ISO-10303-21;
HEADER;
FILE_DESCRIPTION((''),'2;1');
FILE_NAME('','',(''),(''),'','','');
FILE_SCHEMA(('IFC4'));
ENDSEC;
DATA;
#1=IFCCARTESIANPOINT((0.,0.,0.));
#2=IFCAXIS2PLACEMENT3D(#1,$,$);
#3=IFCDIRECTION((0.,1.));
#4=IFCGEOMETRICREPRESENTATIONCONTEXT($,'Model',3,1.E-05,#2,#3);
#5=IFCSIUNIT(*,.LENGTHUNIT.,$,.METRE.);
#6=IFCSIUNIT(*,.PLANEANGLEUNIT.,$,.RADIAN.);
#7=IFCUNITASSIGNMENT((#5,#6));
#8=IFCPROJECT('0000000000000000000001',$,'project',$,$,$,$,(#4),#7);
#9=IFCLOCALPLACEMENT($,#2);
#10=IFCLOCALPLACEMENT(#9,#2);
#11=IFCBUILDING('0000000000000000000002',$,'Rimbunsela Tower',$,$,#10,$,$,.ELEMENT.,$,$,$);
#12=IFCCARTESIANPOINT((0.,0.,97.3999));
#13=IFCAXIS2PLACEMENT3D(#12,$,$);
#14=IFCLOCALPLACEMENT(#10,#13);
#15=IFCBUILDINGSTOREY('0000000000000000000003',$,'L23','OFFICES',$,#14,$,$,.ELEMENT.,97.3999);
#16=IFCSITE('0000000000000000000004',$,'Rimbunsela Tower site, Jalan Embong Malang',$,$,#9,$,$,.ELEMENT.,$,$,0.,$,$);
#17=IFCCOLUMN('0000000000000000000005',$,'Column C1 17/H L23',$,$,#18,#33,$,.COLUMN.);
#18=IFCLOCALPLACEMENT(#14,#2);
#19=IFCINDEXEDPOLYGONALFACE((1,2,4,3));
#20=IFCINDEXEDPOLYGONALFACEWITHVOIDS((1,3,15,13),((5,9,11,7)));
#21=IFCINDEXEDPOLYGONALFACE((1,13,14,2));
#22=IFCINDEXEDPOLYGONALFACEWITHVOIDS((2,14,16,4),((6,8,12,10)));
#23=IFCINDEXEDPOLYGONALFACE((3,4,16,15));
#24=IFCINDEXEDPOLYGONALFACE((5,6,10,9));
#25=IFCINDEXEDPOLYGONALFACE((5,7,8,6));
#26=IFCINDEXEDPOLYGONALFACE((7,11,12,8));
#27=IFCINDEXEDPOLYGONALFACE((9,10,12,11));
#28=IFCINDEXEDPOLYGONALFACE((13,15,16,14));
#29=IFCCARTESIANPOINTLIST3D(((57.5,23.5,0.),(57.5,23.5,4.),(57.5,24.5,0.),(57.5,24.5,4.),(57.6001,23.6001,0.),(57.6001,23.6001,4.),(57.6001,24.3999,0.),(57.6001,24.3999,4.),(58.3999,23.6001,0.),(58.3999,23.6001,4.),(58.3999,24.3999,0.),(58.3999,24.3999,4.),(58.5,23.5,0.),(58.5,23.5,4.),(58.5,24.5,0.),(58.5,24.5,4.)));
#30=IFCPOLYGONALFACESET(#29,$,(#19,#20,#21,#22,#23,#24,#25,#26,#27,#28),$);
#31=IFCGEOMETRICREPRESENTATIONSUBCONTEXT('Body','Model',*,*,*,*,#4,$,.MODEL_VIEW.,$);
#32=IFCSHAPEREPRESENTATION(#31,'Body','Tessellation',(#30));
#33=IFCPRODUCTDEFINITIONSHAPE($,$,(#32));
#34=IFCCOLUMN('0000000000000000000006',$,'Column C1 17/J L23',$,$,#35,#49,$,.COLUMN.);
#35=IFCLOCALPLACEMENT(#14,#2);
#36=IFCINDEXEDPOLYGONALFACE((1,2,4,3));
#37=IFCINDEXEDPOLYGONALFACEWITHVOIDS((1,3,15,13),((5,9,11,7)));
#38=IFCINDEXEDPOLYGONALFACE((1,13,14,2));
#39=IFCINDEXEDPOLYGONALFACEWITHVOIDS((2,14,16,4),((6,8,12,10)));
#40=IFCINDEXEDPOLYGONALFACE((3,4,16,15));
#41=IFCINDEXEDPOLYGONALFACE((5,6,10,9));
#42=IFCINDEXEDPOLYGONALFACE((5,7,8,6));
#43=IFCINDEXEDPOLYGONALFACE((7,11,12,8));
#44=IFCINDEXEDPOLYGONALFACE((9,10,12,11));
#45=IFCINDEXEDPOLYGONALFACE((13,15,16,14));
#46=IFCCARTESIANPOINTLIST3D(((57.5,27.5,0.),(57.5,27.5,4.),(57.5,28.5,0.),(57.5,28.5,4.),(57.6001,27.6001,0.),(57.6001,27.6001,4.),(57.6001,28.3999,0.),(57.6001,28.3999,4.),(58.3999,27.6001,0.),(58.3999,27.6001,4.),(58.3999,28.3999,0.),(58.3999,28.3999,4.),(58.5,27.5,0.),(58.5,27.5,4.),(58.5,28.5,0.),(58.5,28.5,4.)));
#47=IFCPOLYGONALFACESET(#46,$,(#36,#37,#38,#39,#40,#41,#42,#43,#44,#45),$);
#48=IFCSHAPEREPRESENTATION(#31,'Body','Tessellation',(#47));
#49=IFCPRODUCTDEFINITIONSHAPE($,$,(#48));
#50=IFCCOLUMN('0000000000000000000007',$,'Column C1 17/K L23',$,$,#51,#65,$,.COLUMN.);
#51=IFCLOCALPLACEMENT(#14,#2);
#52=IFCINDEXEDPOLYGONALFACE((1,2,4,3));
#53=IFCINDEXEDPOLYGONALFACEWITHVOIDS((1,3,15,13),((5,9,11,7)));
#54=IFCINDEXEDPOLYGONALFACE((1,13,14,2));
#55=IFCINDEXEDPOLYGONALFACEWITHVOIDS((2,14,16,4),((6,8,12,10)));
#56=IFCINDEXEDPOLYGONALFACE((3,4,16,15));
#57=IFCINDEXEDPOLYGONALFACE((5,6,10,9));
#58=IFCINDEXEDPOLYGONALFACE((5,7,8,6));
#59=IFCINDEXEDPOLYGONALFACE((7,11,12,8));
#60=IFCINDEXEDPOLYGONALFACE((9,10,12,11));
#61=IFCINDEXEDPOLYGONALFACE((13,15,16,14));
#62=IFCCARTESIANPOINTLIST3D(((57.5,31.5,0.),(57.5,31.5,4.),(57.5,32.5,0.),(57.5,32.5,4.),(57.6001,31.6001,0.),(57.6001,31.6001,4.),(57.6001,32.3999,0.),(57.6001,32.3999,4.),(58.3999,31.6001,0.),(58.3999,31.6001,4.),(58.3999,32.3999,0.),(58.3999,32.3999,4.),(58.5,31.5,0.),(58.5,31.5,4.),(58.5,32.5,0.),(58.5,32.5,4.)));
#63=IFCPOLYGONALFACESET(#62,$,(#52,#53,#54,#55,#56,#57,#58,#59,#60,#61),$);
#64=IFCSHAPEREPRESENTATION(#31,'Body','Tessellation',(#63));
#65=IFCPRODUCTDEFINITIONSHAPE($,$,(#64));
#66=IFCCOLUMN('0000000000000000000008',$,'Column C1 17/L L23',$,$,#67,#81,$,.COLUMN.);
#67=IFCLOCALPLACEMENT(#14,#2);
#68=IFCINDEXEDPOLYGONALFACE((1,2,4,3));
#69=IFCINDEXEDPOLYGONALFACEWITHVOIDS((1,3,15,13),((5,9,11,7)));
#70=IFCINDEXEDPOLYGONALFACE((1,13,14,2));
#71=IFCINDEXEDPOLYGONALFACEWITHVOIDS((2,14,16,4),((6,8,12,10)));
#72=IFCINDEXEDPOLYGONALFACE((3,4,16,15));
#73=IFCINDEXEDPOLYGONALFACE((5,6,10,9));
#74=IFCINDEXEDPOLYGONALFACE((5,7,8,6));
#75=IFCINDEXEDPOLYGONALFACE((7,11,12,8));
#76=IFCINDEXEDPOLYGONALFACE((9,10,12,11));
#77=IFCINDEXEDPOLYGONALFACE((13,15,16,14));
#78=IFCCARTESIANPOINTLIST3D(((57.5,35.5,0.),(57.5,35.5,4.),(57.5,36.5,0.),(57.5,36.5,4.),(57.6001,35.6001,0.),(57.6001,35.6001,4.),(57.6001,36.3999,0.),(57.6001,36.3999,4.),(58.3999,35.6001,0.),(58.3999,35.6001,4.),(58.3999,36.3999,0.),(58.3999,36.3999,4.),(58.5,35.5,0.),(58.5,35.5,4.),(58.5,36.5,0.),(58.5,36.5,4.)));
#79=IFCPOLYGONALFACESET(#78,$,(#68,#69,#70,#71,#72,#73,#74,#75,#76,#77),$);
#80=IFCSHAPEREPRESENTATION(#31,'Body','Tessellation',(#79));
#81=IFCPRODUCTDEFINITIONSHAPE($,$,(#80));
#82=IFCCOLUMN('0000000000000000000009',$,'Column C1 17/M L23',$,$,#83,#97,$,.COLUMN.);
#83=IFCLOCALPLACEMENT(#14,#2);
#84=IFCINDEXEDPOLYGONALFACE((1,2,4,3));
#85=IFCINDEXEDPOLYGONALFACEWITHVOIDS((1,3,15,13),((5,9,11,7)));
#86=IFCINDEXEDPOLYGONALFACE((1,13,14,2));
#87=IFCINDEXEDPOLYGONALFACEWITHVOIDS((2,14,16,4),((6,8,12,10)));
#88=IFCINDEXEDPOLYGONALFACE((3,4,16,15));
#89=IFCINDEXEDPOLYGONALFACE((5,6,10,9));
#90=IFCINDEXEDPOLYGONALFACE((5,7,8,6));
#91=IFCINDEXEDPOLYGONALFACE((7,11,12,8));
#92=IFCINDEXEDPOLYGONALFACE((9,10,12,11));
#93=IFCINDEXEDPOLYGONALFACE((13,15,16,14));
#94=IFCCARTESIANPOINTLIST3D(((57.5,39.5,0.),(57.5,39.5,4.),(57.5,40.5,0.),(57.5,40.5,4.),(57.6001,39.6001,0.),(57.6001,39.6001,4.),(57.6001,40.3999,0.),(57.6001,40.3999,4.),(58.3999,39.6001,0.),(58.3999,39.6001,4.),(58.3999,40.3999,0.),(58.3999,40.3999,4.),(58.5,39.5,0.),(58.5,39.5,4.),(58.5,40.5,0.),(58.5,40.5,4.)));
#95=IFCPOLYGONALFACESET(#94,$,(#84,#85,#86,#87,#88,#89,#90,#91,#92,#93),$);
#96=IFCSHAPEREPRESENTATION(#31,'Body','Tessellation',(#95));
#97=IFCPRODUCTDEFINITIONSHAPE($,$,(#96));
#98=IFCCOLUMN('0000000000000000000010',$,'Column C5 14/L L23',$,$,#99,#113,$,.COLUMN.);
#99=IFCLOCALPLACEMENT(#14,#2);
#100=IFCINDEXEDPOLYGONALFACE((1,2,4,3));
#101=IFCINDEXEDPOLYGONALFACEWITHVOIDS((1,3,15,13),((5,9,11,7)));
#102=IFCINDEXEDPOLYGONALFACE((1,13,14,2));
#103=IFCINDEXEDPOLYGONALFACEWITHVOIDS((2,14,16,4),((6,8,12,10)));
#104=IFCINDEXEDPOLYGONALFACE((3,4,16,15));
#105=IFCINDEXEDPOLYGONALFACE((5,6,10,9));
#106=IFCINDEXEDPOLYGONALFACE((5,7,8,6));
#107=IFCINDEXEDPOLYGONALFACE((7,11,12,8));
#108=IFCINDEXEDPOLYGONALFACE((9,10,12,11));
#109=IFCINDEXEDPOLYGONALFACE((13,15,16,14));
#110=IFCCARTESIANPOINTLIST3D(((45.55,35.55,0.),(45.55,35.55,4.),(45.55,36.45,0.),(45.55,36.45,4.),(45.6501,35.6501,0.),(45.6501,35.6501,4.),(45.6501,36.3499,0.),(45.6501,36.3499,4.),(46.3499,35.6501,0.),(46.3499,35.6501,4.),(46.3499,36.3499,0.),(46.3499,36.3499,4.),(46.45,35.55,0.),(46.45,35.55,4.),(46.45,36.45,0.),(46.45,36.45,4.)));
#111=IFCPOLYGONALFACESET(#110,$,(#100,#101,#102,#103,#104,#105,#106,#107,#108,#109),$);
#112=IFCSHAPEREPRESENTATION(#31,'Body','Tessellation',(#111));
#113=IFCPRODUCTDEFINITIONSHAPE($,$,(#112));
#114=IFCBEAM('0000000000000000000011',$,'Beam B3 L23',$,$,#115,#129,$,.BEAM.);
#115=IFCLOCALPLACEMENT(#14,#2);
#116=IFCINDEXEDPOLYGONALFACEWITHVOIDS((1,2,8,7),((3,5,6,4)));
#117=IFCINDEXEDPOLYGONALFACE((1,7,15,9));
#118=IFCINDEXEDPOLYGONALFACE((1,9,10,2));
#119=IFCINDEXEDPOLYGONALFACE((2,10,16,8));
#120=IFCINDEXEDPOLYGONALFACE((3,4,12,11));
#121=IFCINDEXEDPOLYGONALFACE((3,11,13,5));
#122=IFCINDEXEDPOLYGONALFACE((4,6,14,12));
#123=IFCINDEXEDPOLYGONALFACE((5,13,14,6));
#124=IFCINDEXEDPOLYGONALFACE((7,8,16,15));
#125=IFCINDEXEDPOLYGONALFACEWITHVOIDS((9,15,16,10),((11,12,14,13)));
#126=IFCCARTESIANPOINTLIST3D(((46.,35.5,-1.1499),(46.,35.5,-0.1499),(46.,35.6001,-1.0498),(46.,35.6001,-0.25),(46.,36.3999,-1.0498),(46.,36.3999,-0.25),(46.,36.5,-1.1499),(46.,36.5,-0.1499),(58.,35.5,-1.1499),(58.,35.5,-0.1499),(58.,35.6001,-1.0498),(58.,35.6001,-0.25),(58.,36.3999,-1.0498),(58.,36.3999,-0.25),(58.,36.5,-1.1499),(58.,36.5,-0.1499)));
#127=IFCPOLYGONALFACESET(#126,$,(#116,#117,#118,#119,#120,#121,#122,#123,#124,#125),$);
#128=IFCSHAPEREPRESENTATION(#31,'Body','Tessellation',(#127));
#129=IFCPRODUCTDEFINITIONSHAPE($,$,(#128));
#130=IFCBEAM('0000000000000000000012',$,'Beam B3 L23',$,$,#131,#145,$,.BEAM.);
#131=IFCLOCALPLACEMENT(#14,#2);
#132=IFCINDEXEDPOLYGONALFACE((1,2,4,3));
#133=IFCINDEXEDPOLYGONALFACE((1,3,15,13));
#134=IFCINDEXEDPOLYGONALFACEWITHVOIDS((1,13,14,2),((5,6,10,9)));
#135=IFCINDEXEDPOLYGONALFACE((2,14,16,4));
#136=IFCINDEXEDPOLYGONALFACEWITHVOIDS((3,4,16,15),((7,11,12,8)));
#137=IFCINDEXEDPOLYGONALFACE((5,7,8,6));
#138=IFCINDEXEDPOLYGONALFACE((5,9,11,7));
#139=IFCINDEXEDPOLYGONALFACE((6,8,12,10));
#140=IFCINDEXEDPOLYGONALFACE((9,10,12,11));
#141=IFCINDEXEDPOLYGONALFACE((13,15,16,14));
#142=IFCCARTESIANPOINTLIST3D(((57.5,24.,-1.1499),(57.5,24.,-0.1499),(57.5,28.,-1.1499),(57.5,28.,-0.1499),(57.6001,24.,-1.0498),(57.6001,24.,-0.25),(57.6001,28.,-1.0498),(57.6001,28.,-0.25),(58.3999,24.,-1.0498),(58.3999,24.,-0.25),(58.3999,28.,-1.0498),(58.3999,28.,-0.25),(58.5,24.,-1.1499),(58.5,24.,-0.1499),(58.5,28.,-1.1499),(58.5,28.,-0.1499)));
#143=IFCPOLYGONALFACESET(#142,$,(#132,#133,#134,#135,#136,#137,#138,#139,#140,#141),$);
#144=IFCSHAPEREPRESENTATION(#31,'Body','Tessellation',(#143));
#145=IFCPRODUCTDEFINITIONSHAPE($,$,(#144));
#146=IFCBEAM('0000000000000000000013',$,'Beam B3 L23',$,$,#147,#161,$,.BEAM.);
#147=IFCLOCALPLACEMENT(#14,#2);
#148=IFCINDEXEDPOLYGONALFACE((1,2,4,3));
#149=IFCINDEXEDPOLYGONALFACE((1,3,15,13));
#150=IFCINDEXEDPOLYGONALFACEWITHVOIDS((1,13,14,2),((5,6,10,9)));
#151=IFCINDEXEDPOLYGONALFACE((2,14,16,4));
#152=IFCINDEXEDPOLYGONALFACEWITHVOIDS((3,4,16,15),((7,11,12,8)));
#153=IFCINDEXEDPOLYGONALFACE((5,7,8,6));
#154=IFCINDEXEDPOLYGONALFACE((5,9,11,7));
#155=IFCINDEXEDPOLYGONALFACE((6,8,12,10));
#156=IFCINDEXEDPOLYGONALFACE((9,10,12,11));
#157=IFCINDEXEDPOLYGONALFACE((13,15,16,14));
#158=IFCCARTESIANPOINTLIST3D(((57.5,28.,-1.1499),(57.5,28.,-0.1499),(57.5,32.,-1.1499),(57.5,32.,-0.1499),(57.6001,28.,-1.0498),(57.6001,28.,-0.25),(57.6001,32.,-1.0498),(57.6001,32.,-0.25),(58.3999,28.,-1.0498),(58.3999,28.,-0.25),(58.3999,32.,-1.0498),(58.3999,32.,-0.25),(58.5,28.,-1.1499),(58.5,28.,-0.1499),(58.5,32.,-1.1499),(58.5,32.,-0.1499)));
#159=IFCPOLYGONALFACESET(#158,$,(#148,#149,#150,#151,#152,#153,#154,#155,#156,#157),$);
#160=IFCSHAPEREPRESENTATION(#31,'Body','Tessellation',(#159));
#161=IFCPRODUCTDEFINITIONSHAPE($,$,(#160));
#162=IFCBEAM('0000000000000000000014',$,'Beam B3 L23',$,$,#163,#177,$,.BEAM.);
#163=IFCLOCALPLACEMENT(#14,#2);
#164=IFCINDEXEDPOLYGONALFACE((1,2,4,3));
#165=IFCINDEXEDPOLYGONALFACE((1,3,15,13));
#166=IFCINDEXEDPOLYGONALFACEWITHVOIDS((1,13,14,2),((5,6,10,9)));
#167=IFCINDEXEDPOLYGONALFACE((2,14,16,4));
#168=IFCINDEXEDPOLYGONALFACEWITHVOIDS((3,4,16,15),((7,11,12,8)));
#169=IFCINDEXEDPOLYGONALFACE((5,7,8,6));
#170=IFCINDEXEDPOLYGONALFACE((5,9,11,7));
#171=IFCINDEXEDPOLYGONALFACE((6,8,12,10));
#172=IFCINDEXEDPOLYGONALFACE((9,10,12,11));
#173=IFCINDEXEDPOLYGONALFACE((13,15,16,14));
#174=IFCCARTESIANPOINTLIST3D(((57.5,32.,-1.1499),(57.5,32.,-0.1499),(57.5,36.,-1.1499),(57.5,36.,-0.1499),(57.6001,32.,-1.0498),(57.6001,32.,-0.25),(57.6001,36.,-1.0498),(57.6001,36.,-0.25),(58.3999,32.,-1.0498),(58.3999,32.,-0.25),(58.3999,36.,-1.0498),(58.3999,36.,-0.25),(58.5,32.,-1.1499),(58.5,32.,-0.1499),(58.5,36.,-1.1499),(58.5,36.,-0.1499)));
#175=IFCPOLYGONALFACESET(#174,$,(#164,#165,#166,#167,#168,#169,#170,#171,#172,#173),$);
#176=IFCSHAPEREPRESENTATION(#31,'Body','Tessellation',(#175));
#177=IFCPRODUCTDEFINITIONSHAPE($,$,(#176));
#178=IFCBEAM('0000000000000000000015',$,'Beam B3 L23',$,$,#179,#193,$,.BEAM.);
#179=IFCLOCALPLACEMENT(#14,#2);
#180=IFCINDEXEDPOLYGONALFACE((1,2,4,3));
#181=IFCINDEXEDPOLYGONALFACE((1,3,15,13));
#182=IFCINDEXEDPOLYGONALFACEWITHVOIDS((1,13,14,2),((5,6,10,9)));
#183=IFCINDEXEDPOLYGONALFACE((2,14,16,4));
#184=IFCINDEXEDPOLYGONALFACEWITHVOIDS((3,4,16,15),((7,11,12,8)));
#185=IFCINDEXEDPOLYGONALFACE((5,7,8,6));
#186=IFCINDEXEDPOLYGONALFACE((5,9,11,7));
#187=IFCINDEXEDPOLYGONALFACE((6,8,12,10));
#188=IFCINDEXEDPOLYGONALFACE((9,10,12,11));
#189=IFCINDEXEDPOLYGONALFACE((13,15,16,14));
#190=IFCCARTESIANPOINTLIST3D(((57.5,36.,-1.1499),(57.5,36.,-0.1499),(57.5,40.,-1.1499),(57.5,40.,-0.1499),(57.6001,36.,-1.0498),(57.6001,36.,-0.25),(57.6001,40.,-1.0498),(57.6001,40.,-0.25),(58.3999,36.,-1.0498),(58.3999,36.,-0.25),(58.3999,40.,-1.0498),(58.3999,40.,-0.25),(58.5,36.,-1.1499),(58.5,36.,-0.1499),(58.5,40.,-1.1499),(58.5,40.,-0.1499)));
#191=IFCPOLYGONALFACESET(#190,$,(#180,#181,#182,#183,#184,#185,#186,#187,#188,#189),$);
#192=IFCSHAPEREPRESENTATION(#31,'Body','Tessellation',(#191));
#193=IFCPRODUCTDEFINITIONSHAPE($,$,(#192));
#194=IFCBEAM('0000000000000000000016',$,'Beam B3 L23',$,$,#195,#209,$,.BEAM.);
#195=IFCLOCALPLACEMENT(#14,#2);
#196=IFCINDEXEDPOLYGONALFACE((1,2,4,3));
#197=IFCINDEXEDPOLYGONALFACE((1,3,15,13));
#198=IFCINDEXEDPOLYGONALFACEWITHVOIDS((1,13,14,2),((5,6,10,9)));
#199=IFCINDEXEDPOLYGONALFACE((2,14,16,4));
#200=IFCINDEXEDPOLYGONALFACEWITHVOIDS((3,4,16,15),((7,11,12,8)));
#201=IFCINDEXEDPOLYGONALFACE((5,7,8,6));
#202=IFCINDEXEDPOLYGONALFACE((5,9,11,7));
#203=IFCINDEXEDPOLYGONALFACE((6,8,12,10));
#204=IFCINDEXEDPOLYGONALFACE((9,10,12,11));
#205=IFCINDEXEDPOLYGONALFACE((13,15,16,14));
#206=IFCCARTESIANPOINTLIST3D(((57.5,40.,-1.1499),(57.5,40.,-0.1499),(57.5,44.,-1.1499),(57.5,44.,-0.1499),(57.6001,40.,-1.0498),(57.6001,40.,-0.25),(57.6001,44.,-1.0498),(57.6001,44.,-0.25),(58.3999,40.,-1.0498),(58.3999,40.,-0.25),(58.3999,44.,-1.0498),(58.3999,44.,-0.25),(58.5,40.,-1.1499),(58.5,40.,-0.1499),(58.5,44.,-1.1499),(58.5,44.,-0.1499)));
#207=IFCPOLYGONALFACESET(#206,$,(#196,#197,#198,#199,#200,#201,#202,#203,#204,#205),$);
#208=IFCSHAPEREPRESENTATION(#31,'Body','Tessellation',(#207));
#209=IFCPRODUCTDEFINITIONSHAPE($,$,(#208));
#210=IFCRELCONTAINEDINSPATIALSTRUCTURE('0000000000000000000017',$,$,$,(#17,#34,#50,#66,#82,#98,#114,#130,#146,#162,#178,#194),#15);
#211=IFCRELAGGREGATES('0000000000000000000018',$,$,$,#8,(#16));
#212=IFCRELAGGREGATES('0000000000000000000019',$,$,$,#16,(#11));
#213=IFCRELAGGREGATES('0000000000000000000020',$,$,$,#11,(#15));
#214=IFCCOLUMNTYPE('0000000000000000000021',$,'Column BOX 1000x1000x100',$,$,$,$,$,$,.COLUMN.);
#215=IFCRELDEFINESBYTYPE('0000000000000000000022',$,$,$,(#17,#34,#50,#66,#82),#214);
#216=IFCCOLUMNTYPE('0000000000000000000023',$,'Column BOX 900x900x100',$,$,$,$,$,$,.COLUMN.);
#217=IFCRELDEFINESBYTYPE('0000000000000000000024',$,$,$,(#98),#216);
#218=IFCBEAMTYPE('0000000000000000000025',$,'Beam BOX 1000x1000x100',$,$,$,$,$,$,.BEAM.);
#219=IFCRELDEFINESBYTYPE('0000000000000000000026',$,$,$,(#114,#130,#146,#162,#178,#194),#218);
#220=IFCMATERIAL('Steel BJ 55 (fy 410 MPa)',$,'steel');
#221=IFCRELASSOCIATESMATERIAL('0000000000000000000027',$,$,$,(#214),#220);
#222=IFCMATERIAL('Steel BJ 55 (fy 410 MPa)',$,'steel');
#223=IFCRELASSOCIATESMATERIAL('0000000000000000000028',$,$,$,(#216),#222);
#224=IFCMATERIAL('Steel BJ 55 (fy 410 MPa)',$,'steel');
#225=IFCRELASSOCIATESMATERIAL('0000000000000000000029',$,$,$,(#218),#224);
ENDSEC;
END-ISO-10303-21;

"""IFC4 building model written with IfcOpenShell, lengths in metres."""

from ifc_helpers import new_model, si_unit, direction, frame, origin, origin_2d, place, context, subcontext, project, spatial, hollow_rectangle, extrude, material, material_profile, profile_set, type_object, element, save


model = new_model("IFC4")

# Units and contexts
model_context = context("Model", 3, precision=1e-05, world=origin(), true_north=direction((0.0, 1.0)))
body_context = subcontext(model_context, "Body", "Model", "MODEL_VIEW")
ifc_project = project(units=[si_unit("LENGTHUNIT", "METRE"), si_unit("PLANEANGLEUNIT", "RADIAN")], contexts=[model_context])

# Site, building, storey
site_placement = place(None, origin())
site = spatial("IfcSite", under=ifc_project, at=site_placement, Name="Rimbunsela Tower site, Jalan Embong Malang", CompositionType="ELEMENT", RefElevation=0.0)
building_placement = place(site_placement, origin())
building = spatial("IfcBuilding", under=site, at=building_placement, Name="Rimbunsela Tower", CompositionType="ELEMENT")
storey_placement = place(building_placement, frame((0.0, 0.0, 97.3999)))
storey = spatial("IfcBuildingStorey", under=building, at=storey_placement, Name="L23", Description="OFFICES", CompositionType="ELEMENT", Elevation=97.3999)

# Columns
ifc_material_1 = material(Name="Steel BJ 55 (fy 410 MPa)", Category="steel")
ifc_material_profile_1 = material_profile(ifc_material_1, hollow_rectangle(XDim=1.0, YDim=1.0, WallThickness=0.1001, at=origin_2d()), Name="BOX 1000x1000x100")
ifc_profile_set_1 = profile_set([ifc_material_profile_1], Name="Steel BJ 55 (fy 410 MPa)")
column_type_1 = type_object("IfcColumnType", Name="Column BOX 1000x1000x100", PredefinedType="COLUMN", material=ifc_profile_set_1)
for number, where, z_axis, x_axis, name in (
    (1, (58.0, 24.0, 0.0), (0.0, 0.0, 1.0), (1.0, 0.0, 0.0), "Column C1 17/H L23"),
    (2, (58.0, 28.0, 0.0), (0.0, 0.0, 1.0), (1.0, 0.0, 0.0), "Column C1 17/J L23"),
    (3, (58.0, 32.0, 0.0), (0.0, 0.0, 1.0), (1.0, 0.0, 0.0), "Column C1 17/K L23"),
    (4, (58.0, 36.0, 0.0), (0.0, 0.0, 1.0), (1.0, 0.0, 0.0), "Column C1 17/L L23"),
    (5, (58.0, 40.0, 0.0), (0.0, 0.0, 1.0), (1.0, 0.0, 0.0), "Column C1 17/M L23"),
):
    element("IfcColumn", number, at=place(storey_placement, frame(where, z_axis=z_axis, x_axis=x_axis)), inside=storey, type_object=column_type_1, Name=name, PredefinedType="COLUMN", context=body_context, shape_type="SweptSolid", body=[
        extrude(hollow_rectangle(XDim=1.0, YDim=1.0, WallThickness=0.1001, at=origin_2d()), origin(), (0.0, 0.0, 1.0), 4.0),
    ])
ifc_material_2 = material(Name="Steel BJ 55 (fy 410 MPa)", Category="steel")
ifc_material_profile_2 = material_profile(ifc_material_2, hollow_rectangle(XDim=0.8999, YDim=0.8999, WallThickness=0.1001, at=origin_2d()), Name="BOX 900x900x100")
ifc_profile_set_2 = profile_set([ifc_material_profile_2], Name="Steel BJ 55 (fy 410 MPa)")
column_type_2 = type_object("IfcColumnType", Name="Column BOX 900x900x100", PredefinedType="COLUMN", material=ifc_profile_set_2)
column_placement = place(storey_placement, frame((46.0, 36.0, 0.0), z_axis=(0.0, 0.0, 1.0), x_axis=(1.0, 0.0, 0.0)))
element("IfcColumn", 6, at=column_placement, inside=storey, type_object=column_type_2, Name="Column C5 14/L L23", PredefinedType="COLUMN", context=body_context, shape_type="SweptSolid", body=[
    extrude(hollow_rectangle(XDim=0.8999, YDim=0.8999, WallThickness=0.1001, at=origin_2d()), origin(), (0.0, 0.0, 1.0), 4.0),
])

# Beams
ifc_material_3 = material(Name="Steel BJ 55 (fy 410 MPa)", Category="steel")
ifc_material_profile_3 = material_profile(ifc_material_3, hollow_rectangle(XDim=1.0, YDim=1.0, WallThickness=0.1001, at=origin_2d()), Name="BOX 1000x1000x100")
ifc_profile_set_3 = profile_set([ifc_material_profile_3], Name="Steel BJ 55 (fy 410 MPa)")
beam_type_1 = type_object("IfcBeamType", Name="Beam BOX 1000x1000x100", PredefinedType="BEAM", material=ifc_profile_set_3)
beam_1_placement = place(storey_placement, frame((46.0, 36.0, -0.6499), z_axis=(1.0, 0.0, 0.0), x_axis=(0.0, 1.0, 0.0)))
element("IfcBeam", 7, at=beam_1_placement, inside=storey, type_object=beam_type_1, Name="Beam B3 L23", PredefinedType="BEAM", context=body_context, shape_type="SweptSolid", body=[
    extrude(hollow_rectangle(XDim=1.0, YDim=1.0, WallThickness=0.1001, at=origin_2d()), origin(), (0.0, 0.0, 1.0), 12.0),
])
for number, where, z_axis, x_axis, name in (
    (8, (58.0, 24.0, -0.6499), (0.0, 1.0, 0.0), (-1.0, 0.0, 0.0), "Beam B3 L23"),
    (9, (58.0, 28.0, -0.6499), (0.0, 1.0, 0.0), (-1.0, 0.0, 0.0), "Beam B3 L23"),
    (10, (58.0, 32.0, -0.6499), (0.0, 1.0, 0.0), (-1.0, 0.0, 0.0), "Beam B3 L23"),
    (11, (58.0, 36.0, -0.6499), (0.0, 1.0, 0.0), (-1.0, 0.0, 0.0), "Beam B3 L23"),
    (12, (58.0, 40.0, -0.6499), (0.0, 1.0, 0.0), (-1.0, 0.0, 0.0), "Beam B3 L23"),
):
    element("IfcBeam", number, at=place(storey_placement, frame(where, z_axis=z_axis, x_axis=x_axis)), inside=storey, type_object=beam_type_1, Name=name, PredefinedType="BEAM", context=body_context, shape_type="SweptSolid", body=[
        extrude(hollow_rectangle(XDim=1.0, YDim=1.0, WallThickness=0.1001, at=origin_2d()), origin(), (0.0, 0.0, 1.0), 4.0),
    ])

save(model, "model.ifc")
